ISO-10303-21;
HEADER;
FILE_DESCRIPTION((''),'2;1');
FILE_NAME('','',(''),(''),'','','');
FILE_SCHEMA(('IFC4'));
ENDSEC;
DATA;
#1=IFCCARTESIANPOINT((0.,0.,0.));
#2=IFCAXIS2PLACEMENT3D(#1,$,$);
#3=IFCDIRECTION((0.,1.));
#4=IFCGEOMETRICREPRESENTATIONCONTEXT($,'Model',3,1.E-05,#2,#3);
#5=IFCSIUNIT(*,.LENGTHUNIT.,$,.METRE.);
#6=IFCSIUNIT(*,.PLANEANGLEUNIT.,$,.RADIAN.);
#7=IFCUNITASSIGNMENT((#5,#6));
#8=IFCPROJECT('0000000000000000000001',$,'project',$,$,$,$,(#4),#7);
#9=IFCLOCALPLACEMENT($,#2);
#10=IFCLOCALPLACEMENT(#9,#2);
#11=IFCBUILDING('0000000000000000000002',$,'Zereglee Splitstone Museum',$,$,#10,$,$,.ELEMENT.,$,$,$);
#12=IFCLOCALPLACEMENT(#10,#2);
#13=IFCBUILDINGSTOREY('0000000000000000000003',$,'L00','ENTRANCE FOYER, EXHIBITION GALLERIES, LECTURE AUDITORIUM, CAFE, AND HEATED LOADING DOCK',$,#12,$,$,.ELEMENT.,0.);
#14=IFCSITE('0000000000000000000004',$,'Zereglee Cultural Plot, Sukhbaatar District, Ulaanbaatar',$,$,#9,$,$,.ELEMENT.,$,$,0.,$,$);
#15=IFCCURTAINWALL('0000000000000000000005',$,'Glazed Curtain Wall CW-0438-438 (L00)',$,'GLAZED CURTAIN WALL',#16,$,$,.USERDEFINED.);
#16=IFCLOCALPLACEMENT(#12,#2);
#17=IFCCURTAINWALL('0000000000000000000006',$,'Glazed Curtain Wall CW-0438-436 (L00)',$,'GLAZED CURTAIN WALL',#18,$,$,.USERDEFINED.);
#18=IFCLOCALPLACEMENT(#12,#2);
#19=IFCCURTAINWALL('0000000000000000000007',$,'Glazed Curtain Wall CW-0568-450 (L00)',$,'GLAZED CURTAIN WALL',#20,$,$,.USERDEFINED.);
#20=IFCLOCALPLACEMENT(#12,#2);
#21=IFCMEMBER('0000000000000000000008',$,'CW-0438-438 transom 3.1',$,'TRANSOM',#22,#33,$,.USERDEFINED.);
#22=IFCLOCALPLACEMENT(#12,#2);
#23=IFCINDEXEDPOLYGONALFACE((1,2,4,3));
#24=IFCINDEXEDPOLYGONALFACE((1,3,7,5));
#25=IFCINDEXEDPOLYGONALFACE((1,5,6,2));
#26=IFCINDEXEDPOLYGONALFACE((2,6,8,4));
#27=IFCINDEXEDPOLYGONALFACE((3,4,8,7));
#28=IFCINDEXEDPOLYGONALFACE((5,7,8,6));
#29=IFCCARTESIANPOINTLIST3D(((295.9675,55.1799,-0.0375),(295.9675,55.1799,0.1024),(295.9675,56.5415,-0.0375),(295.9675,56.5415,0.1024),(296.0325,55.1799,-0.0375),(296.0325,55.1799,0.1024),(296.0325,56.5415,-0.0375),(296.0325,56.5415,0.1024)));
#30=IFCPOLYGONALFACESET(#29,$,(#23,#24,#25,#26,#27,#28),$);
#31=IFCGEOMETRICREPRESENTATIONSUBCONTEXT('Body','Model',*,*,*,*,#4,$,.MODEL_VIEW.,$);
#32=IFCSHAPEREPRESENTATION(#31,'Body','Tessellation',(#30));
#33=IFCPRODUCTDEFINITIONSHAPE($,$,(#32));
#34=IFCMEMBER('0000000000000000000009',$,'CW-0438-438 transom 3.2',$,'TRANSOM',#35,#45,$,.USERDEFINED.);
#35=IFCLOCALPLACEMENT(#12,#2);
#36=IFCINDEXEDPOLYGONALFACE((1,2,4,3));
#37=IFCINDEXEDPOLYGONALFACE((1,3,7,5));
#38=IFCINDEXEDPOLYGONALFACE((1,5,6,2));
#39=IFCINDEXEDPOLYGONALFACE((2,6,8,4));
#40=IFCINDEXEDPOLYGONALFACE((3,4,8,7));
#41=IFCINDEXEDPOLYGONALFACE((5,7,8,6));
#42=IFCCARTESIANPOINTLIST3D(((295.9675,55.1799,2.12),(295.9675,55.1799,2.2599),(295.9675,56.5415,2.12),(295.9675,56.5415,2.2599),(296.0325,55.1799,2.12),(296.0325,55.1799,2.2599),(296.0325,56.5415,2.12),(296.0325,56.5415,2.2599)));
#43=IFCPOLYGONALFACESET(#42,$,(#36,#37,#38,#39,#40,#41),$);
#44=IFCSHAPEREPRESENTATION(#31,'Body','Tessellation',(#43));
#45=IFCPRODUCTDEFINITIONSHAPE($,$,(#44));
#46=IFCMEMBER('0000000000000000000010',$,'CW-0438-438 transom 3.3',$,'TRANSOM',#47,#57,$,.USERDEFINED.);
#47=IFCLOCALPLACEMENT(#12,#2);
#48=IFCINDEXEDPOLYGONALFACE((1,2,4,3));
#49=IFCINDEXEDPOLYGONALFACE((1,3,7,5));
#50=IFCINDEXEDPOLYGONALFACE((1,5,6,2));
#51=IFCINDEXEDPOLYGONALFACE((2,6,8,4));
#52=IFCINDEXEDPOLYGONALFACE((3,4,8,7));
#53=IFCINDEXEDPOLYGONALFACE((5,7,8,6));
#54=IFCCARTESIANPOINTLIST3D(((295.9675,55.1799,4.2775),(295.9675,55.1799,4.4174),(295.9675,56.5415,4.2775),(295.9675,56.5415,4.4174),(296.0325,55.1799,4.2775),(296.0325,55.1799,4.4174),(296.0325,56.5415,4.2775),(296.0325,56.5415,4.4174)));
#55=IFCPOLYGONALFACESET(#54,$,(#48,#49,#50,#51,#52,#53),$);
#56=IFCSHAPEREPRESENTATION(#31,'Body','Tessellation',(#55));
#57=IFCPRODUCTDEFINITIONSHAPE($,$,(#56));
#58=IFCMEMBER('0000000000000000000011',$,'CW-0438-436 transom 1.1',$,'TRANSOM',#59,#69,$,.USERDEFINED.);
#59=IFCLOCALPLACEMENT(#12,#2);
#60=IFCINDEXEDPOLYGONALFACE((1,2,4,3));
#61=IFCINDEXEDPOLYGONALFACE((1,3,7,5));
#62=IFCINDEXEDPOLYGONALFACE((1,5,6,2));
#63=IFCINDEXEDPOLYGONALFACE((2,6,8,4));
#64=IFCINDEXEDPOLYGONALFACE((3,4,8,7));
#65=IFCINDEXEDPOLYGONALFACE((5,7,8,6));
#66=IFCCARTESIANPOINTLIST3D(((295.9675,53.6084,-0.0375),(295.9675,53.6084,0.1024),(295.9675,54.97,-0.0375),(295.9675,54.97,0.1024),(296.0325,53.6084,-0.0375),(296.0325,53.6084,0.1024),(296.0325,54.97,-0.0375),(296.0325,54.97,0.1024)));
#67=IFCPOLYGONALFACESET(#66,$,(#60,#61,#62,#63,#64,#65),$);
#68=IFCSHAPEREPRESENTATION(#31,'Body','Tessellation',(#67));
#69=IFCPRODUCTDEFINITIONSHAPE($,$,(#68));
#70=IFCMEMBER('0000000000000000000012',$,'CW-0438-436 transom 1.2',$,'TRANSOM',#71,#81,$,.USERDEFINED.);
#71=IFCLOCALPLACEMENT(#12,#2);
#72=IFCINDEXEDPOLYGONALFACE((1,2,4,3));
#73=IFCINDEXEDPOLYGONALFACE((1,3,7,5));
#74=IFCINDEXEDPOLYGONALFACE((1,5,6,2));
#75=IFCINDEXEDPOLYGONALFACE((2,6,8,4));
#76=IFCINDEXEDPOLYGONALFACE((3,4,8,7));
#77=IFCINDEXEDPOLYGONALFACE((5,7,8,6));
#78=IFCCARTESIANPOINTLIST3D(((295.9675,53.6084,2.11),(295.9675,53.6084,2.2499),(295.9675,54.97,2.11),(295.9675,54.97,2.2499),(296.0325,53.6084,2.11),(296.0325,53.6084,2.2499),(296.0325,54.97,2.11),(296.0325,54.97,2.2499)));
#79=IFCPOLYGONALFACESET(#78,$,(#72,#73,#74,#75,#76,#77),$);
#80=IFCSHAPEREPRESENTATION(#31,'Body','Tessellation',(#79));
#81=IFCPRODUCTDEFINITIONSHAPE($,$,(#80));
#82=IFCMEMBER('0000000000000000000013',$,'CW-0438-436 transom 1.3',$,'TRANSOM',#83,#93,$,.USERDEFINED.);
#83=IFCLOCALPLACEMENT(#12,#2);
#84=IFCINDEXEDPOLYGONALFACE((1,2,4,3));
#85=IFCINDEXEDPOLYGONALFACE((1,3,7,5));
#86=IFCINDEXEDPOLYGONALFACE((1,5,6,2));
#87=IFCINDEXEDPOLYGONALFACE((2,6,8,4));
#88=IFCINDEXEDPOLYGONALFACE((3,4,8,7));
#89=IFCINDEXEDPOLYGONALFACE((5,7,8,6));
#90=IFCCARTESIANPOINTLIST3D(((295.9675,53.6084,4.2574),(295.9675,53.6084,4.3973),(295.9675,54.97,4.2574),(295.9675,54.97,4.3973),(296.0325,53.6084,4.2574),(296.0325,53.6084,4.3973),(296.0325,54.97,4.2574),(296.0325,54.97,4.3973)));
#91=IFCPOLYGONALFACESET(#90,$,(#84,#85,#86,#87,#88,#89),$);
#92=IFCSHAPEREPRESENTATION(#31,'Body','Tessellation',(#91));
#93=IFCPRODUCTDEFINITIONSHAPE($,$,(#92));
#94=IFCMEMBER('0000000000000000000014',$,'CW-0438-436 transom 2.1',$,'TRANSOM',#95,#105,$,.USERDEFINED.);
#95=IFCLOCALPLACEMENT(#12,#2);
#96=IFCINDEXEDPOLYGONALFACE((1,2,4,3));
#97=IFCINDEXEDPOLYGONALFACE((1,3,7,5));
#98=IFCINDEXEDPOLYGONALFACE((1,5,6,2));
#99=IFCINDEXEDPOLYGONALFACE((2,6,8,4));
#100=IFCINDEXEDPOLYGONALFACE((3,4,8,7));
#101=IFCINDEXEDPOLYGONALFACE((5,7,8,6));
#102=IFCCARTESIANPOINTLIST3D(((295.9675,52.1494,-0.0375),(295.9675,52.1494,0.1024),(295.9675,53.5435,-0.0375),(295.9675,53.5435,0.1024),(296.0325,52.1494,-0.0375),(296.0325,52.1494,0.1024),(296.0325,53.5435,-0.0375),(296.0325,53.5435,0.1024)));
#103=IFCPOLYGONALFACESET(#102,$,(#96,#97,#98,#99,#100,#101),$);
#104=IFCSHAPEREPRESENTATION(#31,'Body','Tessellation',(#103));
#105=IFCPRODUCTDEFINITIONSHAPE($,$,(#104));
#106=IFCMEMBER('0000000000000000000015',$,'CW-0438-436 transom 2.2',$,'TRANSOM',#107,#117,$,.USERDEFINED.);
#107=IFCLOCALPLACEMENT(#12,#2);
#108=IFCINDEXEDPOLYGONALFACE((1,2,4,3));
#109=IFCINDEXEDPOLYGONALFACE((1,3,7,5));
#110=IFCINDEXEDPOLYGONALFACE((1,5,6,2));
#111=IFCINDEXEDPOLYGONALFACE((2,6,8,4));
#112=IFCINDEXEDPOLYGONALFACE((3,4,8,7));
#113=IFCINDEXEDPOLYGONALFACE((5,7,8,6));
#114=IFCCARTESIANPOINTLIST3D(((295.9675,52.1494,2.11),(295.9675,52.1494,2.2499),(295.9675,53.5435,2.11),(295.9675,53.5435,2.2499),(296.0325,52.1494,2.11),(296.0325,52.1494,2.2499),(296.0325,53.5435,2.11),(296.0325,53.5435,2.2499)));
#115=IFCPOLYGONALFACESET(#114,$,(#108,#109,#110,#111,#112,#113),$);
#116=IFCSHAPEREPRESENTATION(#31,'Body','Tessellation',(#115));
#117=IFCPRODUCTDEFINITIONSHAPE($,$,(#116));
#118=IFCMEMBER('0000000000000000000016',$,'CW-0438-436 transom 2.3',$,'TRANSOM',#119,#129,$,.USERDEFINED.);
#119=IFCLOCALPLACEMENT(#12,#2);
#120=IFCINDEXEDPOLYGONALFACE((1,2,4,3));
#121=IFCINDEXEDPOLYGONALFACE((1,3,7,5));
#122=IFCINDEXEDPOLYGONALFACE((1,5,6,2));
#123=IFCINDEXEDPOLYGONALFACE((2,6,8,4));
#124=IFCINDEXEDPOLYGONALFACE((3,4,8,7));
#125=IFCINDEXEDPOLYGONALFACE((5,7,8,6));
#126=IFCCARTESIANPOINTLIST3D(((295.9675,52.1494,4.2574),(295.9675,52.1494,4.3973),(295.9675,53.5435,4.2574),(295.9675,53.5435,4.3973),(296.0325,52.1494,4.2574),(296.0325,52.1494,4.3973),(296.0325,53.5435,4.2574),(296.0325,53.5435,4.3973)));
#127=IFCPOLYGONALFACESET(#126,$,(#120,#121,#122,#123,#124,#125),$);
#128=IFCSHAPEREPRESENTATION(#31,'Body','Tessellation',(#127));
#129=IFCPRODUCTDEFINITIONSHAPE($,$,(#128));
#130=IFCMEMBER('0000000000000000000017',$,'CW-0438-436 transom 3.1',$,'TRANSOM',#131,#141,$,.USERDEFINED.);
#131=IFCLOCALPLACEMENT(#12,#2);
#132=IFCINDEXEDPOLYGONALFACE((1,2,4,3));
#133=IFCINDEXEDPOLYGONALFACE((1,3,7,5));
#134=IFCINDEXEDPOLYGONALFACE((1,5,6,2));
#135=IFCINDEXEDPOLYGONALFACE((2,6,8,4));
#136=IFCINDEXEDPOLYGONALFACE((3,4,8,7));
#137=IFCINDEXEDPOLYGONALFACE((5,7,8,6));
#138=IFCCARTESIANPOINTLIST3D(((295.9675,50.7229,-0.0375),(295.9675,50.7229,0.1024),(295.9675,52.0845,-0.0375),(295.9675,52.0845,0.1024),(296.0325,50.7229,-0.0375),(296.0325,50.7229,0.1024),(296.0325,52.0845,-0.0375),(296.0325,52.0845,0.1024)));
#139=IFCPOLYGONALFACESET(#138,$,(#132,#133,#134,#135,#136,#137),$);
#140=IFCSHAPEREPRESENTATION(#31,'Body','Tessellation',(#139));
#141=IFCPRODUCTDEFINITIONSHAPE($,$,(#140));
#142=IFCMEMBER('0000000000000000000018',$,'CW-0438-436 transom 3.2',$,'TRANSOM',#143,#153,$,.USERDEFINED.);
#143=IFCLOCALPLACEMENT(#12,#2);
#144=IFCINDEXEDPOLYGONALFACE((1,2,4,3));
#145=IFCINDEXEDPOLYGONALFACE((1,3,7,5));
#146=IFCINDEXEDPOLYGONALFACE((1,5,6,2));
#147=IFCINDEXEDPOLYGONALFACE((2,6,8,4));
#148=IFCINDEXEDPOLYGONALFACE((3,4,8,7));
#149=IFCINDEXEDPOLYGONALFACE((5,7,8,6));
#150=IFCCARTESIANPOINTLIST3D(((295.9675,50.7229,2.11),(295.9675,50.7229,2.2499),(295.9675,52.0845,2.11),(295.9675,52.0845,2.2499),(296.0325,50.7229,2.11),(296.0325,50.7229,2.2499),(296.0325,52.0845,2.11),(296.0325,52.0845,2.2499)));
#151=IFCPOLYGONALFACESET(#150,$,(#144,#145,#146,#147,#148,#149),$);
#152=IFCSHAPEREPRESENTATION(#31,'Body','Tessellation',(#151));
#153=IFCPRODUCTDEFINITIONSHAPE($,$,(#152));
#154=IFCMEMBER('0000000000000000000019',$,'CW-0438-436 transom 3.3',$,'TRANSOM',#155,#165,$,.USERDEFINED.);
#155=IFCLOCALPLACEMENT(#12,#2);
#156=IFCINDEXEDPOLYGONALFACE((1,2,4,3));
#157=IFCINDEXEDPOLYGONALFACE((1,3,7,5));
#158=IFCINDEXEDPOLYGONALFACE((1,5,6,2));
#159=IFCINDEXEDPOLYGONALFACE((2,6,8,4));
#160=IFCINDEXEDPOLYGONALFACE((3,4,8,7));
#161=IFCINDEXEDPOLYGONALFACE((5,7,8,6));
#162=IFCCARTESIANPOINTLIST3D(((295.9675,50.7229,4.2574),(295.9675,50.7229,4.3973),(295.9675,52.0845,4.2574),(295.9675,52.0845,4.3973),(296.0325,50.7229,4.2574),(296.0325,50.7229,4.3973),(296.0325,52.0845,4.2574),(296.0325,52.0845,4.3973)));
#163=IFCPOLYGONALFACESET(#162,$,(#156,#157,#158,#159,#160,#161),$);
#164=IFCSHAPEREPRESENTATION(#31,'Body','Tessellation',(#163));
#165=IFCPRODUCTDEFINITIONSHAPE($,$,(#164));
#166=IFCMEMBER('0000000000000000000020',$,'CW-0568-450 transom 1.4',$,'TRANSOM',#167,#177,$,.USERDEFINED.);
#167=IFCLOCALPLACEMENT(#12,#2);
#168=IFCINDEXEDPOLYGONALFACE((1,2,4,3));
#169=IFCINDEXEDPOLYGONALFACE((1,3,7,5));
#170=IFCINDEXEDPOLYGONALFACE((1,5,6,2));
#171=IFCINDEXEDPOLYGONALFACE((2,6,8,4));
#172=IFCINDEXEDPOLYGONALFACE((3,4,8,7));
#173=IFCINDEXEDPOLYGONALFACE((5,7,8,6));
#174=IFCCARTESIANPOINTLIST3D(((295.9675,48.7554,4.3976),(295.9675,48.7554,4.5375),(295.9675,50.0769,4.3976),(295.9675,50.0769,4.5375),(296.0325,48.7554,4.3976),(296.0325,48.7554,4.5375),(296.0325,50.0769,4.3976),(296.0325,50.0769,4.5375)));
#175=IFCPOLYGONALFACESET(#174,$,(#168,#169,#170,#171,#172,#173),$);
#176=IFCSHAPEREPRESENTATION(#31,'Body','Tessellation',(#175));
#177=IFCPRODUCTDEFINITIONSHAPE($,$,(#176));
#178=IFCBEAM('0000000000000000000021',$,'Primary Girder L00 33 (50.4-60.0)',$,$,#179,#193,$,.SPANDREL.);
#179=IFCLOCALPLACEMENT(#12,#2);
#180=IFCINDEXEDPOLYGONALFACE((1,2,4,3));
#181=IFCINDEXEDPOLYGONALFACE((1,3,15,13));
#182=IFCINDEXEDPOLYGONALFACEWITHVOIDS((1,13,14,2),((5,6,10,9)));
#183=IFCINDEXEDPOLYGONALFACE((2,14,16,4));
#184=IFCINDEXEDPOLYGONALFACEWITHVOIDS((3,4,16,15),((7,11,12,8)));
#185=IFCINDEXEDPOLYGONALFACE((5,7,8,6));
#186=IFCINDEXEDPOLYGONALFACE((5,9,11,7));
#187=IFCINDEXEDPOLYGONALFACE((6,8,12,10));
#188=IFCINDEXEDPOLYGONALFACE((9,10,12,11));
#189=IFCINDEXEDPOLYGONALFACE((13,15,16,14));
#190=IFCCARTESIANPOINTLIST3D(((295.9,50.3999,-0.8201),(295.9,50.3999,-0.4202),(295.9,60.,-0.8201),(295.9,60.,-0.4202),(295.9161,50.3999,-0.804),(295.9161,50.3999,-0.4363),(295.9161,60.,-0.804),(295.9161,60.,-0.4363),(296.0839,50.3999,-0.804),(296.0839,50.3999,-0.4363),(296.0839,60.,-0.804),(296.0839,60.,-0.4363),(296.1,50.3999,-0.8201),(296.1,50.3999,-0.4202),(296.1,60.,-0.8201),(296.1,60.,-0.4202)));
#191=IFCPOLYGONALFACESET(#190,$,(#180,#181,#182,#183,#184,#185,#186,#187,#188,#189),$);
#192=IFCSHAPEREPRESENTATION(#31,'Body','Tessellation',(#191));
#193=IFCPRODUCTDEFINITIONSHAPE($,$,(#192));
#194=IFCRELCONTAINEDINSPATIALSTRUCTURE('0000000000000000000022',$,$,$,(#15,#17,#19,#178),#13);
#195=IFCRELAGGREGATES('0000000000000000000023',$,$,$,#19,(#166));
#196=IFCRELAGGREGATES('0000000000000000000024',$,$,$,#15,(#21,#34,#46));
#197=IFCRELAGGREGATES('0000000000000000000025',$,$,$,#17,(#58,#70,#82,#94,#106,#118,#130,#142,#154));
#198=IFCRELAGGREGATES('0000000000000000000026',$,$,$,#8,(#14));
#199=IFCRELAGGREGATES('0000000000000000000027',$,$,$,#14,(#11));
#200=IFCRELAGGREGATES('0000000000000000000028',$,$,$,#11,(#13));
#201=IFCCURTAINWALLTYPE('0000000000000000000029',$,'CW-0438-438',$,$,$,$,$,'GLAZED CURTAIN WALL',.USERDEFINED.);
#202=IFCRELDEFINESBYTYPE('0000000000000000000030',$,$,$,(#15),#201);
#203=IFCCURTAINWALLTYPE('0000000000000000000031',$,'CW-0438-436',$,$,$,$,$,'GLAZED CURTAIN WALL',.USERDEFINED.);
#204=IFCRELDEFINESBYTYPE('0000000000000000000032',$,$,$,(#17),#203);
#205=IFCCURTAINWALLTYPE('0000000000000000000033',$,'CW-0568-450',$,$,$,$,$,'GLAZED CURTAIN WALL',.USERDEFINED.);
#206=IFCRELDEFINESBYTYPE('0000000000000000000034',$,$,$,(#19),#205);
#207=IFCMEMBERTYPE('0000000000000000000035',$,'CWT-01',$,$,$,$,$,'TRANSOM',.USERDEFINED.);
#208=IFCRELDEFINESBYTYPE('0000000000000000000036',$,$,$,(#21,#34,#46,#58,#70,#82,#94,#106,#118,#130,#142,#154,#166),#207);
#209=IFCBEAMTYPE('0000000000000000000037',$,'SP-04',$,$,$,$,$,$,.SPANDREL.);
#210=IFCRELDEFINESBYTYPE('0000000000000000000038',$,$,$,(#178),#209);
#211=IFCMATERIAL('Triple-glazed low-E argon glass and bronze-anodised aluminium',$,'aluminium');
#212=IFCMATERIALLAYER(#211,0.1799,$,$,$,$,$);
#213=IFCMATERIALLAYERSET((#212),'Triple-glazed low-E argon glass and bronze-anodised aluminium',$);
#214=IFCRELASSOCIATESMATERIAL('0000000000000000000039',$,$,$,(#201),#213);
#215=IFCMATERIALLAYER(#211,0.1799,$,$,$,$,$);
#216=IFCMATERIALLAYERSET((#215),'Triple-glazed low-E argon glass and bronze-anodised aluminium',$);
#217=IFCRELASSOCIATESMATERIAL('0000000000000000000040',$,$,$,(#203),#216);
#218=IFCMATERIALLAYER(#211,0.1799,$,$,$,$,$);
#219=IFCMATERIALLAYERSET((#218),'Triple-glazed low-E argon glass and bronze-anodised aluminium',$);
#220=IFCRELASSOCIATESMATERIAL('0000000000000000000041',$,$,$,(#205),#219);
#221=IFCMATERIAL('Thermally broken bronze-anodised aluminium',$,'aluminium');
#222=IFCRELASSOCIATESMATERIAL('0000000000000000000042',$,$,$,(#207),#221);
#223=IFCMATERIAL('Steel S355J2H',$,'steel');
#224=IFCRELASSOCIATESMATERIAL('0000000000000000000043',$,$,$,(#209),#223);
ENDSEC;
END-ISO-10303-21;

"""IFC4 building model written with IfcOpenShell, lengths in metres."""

from ifc_helpers import new_model, si_unit, direction, frame, origin, origin_2d, place, context, subcontext, project, spatial, rectangle, hollow_rectangle, extrude, material, layer, layer_set, material_profile, profile_set, type_object, element, aggregate, save


model = new_model("IFC4")

# Units and contexts
model_context = context("Model", 3, precision=1e-05, world=origin(), true_north=direction((0.0, 1.0)))
body_context = subcontext(model_context, "Body", "Model", "MODEL_VIEW")
ifc_project = project(units=[si_unit("LENGTHUNIT", "METRE"), si_unit("PLANEANGLEUNIT", "RADIAN")], contexts=[model_context])

# Site, building, storey
site_placement = place(None, origin())
site = spatial("IfcSite", under=ifc_project, at=site_placement, Name="Zereglee Cultural Plot, Sukhbaatar District, Ulaanbaatar", CompositionType="ELEMENT", RefElevation=0.0)
building_placement = place(site_placement, origin())
building = spatial("IfcBuilding", under=site, at=building_placement, Name="Zereglee Splitstone Museum", CompositionType="ELEMENT")
storey_placement = place(building_placement, origin())
storey = spatial("IfcBuildingStorey", under=building, at=storey_placement, Name="L00", Description="ENTRANCE FOYER, EXHIBITION GALLERIES, LECTURE AUDITORIUM, CAFE, AND HEATED LOADING DOCK", CompositionType="ELEMENT", Elevation=0.0)

# Curtain walls
ifc_material_1 = material(Name="Triple-glazed low-E argon glass and bronze-anodised aluminium", Category="aluminium")
ifc_layer_1 = layer(ifc_material_1, 0.1799)
ifc_layer_set_1 = layer_set([ifc_layer_1], Name="Triple-glazed low-E argon glass and bronze-anodised aluminium")
curtain_wall_type_1 = type_object("IfcCurtainWallType", Name="CW-0438-438", ElementType="GLAZED CURTAIN WALL", PredefinedType="USERDEFINED", material=ifc_layer_set_1)
curtain_wall_1_placement = place(storey_placement, origin())
curtain_wall_1 = element("IfcCurtainWall", 1, at=curtain_wall_1_placement, inside=storey, type_object=curtain_wall_type_1, Name="Glazed Curtain Wall CW-0438-438 (L00)", ObjectType="GLAZED CURTAIN WALL", PredefinedType="USERDEFINED")
ifc_material_2 = material(Name="Thermally broken bronze-anodised aluminium", Category="aluminium")
ifc_layer_2 = layer(ifc_material_1, 0.1799)
ifc_layer_set_2 = layer_set([ifc_layer_2], Name="Triple-glazed low-E argon glass and bronze-anodised aluminium")
curtain_wall_type_2 = type_object("IfcCurtainWallType", Name="CW-0438-436", ElementType="GLAZED CURTAIN WALL", PredefinedType="USERDEFINED", material=ifc_layer_set_2)
curtain_wall_2_placement = place(storey_placement, origin())
curtain_wall_2 = element("IfcCurtainWall", 2, at=curtain_wall_2_placement, inside=storey, type_object=curtain_wall_type_2, Name="Glazed Curtain Wall CW-0438-436 (L00)", ObjectType="GLAZED CURTAIN WALL", PredefinedType="USERDEFINED")

# Curtain wall
ifc_layer_3 = layer(ifc_material_1, 0.1799)
ifc_layer_set_3 = layer_set([ifc_layer_3], Name="Triple-glazed low-E argon glass and bronze-anodised aluminium")
curtain_wall_type_3 = type_object("IfcCurtainWallType", Name="CW-0568-450", ElementType="GLAZED CURTAIN WALL", PredefinedType="USERDEFINED", material=ifc_layer_set_3)
curtain_wall_3_placement = place(storey_placement, origin())
curtain_wall_3 = element("IfcCurtainWall", 3, at=curtain_wall_3_placement, inside=storey, type_object=curtain_wall_type_3, Name="Glazed Curtain Wall CW-0568-450 (L00)", ObjectType="GLAZED CURTAIN WALL", PredefinedType="USERDEFINED")

# Members
ifc_material_profile_1 = material_profile(ifc_material_2, rectangle(XDim=0.0649, YDim=0.1399, at=origin_2d()), Name="CW TRAN 65x140")
ifc_profile_set_1 = profile_set([ifc_material_profile_1], Name="Thermally broken bronze-anodised aluminium")
member_type_1 = type_object("IfcMemberType", Name="CWT-01", ElementType="TRANSOM", PredefinedType="USERDEFINED", material=ifc_profile_set_1)
member_1_placement = place(storey_placement, frame((296.0, 56.5415, 0.0325), z_axis=(0.0, -1.0, 0.0), x_axis=(1.0, 0.0, 0.0)))
member_1 = element("IfcMember", 4, at=member_1_placement, type_object=member_type_1, Name="CW-0438-438 transom 3.1", ObjectType="TRANSOM", PredefinedType="USERDEFINED", context=body_context, shape_type="SweptSolid", body=[
    extrude(rectangle(XDim=0.0649, YDim=0.1399, at=origin_2d()), origin(), (0.0, 0.0, 1.0), 1.3616),
])
member_2_placement = place(storey_placement, frame((296.0, 56.5415, 2.1899), z_axis=(0.0, -1.0, 0.0), x_axis=(1.0, 0.0, 0.0)))
member_2 = element("IfcMember", 5, at=member_2_placement, type_object=member_type_1, Name="CW-0438-438 transom 3.2", ObjectType="TRANSOM", PredefinedType="USERDEFINED", context=body_context, shape_type="SweptSolid", body=[
    extrude(rectangle(XDim=0.0649, YDim=0.1399, at=origin_2d()), origin(), (0.0, 0.0, 1.0), 1.3616),
])
member_3_placement = place(storey_placement, frame((296.0, 56.5415, 4.3474), z_axis=(0.0, -1.0, 0.0), x_axis=(1.0, 0.0, 0.0)))
member_3 = element("IfcMember", 6, at=member_3_placement, type_object=member_type_1, Name="CW-0438-438 transom 3.3", ObjectType="TRANSOM", PredefinedType="USERDEFINED", context=body_context, shape_type="SweptSolid", body=[
    extrude(rectangle(XDim=0.0649, YDim=0.1399, at=origin_2d()), origin(), (0.0, 0.0, 1.0), 1.3616),
])
member_4_placement = place(storey_placement, frame((296.0, 54.97, 0.0325), z_axis=(0.0, -1.0, 0.0), x_axis=(1.0, 0.0, 0.0)))
member_4 = element("IfcMember", 7, at=member_4_placement, type_object=member_type_1, Name="CW-0438-436 transom 1.1", ObjectType="TRANSOM", PredefinedType="USERDEFINED", context=body_context, shape_type="SweptSolid", body=[
    extrude(rectangle(XDim=0.0649, YDim=0.1399, at=origin_2d()), origin(), (0.0, 0.0, 1.0), 1.3616),
])
member_5_placement = place(storey_placement, frame((296.0, 54.97, 2.1799), z_axis=(0.0, -1.0, 0.0), x_axis=(1.0, 0.0, 0.0)))
member_5 = element("IfcMember", 8, at=member_5_placement, type_object=member_type_1, Name="CW-0438-436 transom 1.2", ObjectType="TRANSOM", PredefinedType="USERDEFINED", context=body_context, shape_type="SweptSolid", body=[
    extrude(rectangle(XDim=0.0649, YDim=0.1399, at=origin_2d()), origin(), (0.0, 0.0, 1.0), 1.3616),
])
member_6_placement = place(storey_placement, frame((296.0, 54.97, 4.3274), z_axis=(0.0, -1.0, 0.0), x_axis=(1.0, 0.0, 0.0)))
member_6 = element("IfcMember", 9, at=member_6_placement, type_object=member_type_1, Name="CW-0438-436 transom 1.3", ObjectType="TRANSOM", PredefinedType="USERDEFINED", context=body_context, shape_type="SweptSolid", body=[
    extrude(rectangle(XDim=0.0649, YDim=0.1399, at=origin_2d()), origin(), (0.0, 0.0, 1.0), 1.3616),
])
member_7_placement = place(storey_placement, frame((296.0, 53.5435, 0.0325), z_axis=(0.0, -1.0, 0.0), x_axis=(1.0, 0.0, 0.0)))
member_7 = element("IfcMember", 10, at=member_7_placement, type_object=member_type_1, Name="CW-0438-436 transom 2.1", ObjectType="TRANSOM", PredefinedType="USERDEFINED", context=body_context, shape_type="SweptSolid", body=[
    extrude(rectangle(XDim=0.0649, YDim=0.1399, at=origin_2d()), origin(), (0.0, 0.0, 1.0), 1.394),
])
member_8_placement = place(storey_placement, frame((296.0, 53.5435, 2.1799), z_axis=(0.0, -1.0, 0.0), x_axis=(1.0, 0.0, 0.0)))
member_8 = element("IfcMember", 11, at=member_8_placement, type_object=member_type_1, Name="CW-0438-436 transom 2.2", ObjectType="TRANSOM", PredefinedType="USERDEFINED", context=body_context, shape_type="SweptSolid", body=[
    extrude(rectangle(XDim=0.0649, YDim=0.1399, at=origin_2d()), origin(), (0.0, 0.0, 1.0), 1.394),
])
member_9_placement = place(storey_placement, frame((296.0, 53.5435, 4.3274), z_axis=(0.0, -1.0, 0.0), x_axis=(1.0, 0.0, 0.0)))
member_9 = element("IfcMember", 12, at=member_9_placement, type_object=member_type_1, Name="CW-0438-436 transom 2.3", ObjectType="TRANSOM", PredefinedType="USERDEFINED", context=body_context, shape_type="SweptSolid", body=[
    extrude(rectangle(XDim=0.0649, YDim=0.1399, at=origin_2d()), origin(), (0.0, 0.0, 1.0), 1.394),
])
member_10_placement = place(storey_placement, frame((296.0, 52.0845, 0.0325), z_axis=(0.0, -1.0, 0.0), x_axis=(1.0, 0.0, 0.0)))
member_10 = element("IfcMember", 13, at=member_10_placement, type_object=member_type_1, Name="CW-0438-436 transom 3.1", ObjectType="TRANSOM", PredefinedType="USERDEFINED", context=body_context, shape_type="SweptSolid", body=[
    extrude(rectangle(XDim=0.0649, YDim=0.1399, at=origin_2d()), origin(), (0.0, 0.0, 1.0), 1.3616),
])
member_11_placement = place(storey_placement, frame((296.0, 52.0845, 2.1799), z_axis=(0.0, -1.0, 0.0), x_axis=(1.0, 0.0, 0.0)))
member_11 = element("IfcMember", 14, at=member_11_placement, type_object=member_type_1, Name="CW-0438-436 transom 3.2", ObjectType="TRANSOM", PredefinedType="USERDEFINED", context=body_context, shape_type="SweptSolid", body=[
    extrude(rectangle(XDim=0.0649, YDim=0.1399, at=origin_2d()), origin(), (0.0, 0.0, 1.0), 1.3616),
])
member_12_placement = place(storey_placement, frame((296.0, 52.0845, 4.3274), z_axis=(0.0, -1.0, 0.0), x_axis=(1.0, 0.0, 0.0)))
member_12 = element("IfcMember", 15, at=member_12_placement, type_object=member_type_1, Name="CW-0438-436 transom 3.3", ObjectType="TRANSOM", PredefinedType="USERDEFINED", context=body_context, shape_type="SweptSolid", body=[
    extrude(rectangle(XDim=0.0649, YDim=0.1399, at=origin_2d()), origin(), (0.0, 0.0, 1.0), 1.3616),
])
member_13_placement = place(storey_placement, frame((296.0, 50.0769, 4.4675), z_axis=(0.0, -1.0, 0.0), x_axis=(1.0, 0.0, 0.0)))
member_13 = element("IfcMember", 16, at=member_13_placement, type_object=member_type_1, Name="CW-0568-450 transom 1.4", ObjectType="TRANSOM", PredefinedType="USERDEFINED", context=body_context, shape_type="SweptSolid", body=[
    extrude(rectangle(XDim=0.0649, YDim=0.1399, at=origin_2d()), origin(), (0.0, 0.0, 1.0), 1.3215),
])
aggregate(curtain_wall_3, [member_13])

# Beam
ifc_material_3 = material(Name="Steel S355J2H", Category="steel")
ifc_material_profile_2 = material_profile(ifc_material_3, hollow_rectangle(XDim=0.2, YDim=0.3999, WallThickness=0.0161, at=origin_2d()), Name="RHS 400x200x16")
ifc_profile_set_2 = profile_set([ifc_material_profile_2], Name="Steel S355J2H")
beam_type_1 = type_object("IfcBeamType", Name="SP-04", PredefinedType="SPANDREL", material=ifc_profile_set_2)
beam_1_placement = place(storey_placement, frame((296.0, 50.3999, -0.6201), z_axis=(0.0, 1.0, 0.0), x_axis=(-1.0, 0.0, 0.0)))
element("IfcBeam", 17, at=beam_1_placement, inside=storey, type_object=beam_type_1, Name="Primary Girder L00 33 (50.4-60.0)", PredefinedType="SPANDREL", context=body_context, shape_type="SweptSolid", body=[
    extrude(hollow_rectangle(XDim=0.2, YDim=0.3999, WallThickness=0.0161, at=origin_2d()), origin(), (0.0, 0.0, 1.0), 9.6001),
])

aggregate(curtain_wall_1, [member_1, member_2, member_3])
aggregate(curtain_wall_2, [member_4, member_5, member_6, member_7, member_8, member_9, member_10, member_11, member_12])

save(model, "model.ifc")
